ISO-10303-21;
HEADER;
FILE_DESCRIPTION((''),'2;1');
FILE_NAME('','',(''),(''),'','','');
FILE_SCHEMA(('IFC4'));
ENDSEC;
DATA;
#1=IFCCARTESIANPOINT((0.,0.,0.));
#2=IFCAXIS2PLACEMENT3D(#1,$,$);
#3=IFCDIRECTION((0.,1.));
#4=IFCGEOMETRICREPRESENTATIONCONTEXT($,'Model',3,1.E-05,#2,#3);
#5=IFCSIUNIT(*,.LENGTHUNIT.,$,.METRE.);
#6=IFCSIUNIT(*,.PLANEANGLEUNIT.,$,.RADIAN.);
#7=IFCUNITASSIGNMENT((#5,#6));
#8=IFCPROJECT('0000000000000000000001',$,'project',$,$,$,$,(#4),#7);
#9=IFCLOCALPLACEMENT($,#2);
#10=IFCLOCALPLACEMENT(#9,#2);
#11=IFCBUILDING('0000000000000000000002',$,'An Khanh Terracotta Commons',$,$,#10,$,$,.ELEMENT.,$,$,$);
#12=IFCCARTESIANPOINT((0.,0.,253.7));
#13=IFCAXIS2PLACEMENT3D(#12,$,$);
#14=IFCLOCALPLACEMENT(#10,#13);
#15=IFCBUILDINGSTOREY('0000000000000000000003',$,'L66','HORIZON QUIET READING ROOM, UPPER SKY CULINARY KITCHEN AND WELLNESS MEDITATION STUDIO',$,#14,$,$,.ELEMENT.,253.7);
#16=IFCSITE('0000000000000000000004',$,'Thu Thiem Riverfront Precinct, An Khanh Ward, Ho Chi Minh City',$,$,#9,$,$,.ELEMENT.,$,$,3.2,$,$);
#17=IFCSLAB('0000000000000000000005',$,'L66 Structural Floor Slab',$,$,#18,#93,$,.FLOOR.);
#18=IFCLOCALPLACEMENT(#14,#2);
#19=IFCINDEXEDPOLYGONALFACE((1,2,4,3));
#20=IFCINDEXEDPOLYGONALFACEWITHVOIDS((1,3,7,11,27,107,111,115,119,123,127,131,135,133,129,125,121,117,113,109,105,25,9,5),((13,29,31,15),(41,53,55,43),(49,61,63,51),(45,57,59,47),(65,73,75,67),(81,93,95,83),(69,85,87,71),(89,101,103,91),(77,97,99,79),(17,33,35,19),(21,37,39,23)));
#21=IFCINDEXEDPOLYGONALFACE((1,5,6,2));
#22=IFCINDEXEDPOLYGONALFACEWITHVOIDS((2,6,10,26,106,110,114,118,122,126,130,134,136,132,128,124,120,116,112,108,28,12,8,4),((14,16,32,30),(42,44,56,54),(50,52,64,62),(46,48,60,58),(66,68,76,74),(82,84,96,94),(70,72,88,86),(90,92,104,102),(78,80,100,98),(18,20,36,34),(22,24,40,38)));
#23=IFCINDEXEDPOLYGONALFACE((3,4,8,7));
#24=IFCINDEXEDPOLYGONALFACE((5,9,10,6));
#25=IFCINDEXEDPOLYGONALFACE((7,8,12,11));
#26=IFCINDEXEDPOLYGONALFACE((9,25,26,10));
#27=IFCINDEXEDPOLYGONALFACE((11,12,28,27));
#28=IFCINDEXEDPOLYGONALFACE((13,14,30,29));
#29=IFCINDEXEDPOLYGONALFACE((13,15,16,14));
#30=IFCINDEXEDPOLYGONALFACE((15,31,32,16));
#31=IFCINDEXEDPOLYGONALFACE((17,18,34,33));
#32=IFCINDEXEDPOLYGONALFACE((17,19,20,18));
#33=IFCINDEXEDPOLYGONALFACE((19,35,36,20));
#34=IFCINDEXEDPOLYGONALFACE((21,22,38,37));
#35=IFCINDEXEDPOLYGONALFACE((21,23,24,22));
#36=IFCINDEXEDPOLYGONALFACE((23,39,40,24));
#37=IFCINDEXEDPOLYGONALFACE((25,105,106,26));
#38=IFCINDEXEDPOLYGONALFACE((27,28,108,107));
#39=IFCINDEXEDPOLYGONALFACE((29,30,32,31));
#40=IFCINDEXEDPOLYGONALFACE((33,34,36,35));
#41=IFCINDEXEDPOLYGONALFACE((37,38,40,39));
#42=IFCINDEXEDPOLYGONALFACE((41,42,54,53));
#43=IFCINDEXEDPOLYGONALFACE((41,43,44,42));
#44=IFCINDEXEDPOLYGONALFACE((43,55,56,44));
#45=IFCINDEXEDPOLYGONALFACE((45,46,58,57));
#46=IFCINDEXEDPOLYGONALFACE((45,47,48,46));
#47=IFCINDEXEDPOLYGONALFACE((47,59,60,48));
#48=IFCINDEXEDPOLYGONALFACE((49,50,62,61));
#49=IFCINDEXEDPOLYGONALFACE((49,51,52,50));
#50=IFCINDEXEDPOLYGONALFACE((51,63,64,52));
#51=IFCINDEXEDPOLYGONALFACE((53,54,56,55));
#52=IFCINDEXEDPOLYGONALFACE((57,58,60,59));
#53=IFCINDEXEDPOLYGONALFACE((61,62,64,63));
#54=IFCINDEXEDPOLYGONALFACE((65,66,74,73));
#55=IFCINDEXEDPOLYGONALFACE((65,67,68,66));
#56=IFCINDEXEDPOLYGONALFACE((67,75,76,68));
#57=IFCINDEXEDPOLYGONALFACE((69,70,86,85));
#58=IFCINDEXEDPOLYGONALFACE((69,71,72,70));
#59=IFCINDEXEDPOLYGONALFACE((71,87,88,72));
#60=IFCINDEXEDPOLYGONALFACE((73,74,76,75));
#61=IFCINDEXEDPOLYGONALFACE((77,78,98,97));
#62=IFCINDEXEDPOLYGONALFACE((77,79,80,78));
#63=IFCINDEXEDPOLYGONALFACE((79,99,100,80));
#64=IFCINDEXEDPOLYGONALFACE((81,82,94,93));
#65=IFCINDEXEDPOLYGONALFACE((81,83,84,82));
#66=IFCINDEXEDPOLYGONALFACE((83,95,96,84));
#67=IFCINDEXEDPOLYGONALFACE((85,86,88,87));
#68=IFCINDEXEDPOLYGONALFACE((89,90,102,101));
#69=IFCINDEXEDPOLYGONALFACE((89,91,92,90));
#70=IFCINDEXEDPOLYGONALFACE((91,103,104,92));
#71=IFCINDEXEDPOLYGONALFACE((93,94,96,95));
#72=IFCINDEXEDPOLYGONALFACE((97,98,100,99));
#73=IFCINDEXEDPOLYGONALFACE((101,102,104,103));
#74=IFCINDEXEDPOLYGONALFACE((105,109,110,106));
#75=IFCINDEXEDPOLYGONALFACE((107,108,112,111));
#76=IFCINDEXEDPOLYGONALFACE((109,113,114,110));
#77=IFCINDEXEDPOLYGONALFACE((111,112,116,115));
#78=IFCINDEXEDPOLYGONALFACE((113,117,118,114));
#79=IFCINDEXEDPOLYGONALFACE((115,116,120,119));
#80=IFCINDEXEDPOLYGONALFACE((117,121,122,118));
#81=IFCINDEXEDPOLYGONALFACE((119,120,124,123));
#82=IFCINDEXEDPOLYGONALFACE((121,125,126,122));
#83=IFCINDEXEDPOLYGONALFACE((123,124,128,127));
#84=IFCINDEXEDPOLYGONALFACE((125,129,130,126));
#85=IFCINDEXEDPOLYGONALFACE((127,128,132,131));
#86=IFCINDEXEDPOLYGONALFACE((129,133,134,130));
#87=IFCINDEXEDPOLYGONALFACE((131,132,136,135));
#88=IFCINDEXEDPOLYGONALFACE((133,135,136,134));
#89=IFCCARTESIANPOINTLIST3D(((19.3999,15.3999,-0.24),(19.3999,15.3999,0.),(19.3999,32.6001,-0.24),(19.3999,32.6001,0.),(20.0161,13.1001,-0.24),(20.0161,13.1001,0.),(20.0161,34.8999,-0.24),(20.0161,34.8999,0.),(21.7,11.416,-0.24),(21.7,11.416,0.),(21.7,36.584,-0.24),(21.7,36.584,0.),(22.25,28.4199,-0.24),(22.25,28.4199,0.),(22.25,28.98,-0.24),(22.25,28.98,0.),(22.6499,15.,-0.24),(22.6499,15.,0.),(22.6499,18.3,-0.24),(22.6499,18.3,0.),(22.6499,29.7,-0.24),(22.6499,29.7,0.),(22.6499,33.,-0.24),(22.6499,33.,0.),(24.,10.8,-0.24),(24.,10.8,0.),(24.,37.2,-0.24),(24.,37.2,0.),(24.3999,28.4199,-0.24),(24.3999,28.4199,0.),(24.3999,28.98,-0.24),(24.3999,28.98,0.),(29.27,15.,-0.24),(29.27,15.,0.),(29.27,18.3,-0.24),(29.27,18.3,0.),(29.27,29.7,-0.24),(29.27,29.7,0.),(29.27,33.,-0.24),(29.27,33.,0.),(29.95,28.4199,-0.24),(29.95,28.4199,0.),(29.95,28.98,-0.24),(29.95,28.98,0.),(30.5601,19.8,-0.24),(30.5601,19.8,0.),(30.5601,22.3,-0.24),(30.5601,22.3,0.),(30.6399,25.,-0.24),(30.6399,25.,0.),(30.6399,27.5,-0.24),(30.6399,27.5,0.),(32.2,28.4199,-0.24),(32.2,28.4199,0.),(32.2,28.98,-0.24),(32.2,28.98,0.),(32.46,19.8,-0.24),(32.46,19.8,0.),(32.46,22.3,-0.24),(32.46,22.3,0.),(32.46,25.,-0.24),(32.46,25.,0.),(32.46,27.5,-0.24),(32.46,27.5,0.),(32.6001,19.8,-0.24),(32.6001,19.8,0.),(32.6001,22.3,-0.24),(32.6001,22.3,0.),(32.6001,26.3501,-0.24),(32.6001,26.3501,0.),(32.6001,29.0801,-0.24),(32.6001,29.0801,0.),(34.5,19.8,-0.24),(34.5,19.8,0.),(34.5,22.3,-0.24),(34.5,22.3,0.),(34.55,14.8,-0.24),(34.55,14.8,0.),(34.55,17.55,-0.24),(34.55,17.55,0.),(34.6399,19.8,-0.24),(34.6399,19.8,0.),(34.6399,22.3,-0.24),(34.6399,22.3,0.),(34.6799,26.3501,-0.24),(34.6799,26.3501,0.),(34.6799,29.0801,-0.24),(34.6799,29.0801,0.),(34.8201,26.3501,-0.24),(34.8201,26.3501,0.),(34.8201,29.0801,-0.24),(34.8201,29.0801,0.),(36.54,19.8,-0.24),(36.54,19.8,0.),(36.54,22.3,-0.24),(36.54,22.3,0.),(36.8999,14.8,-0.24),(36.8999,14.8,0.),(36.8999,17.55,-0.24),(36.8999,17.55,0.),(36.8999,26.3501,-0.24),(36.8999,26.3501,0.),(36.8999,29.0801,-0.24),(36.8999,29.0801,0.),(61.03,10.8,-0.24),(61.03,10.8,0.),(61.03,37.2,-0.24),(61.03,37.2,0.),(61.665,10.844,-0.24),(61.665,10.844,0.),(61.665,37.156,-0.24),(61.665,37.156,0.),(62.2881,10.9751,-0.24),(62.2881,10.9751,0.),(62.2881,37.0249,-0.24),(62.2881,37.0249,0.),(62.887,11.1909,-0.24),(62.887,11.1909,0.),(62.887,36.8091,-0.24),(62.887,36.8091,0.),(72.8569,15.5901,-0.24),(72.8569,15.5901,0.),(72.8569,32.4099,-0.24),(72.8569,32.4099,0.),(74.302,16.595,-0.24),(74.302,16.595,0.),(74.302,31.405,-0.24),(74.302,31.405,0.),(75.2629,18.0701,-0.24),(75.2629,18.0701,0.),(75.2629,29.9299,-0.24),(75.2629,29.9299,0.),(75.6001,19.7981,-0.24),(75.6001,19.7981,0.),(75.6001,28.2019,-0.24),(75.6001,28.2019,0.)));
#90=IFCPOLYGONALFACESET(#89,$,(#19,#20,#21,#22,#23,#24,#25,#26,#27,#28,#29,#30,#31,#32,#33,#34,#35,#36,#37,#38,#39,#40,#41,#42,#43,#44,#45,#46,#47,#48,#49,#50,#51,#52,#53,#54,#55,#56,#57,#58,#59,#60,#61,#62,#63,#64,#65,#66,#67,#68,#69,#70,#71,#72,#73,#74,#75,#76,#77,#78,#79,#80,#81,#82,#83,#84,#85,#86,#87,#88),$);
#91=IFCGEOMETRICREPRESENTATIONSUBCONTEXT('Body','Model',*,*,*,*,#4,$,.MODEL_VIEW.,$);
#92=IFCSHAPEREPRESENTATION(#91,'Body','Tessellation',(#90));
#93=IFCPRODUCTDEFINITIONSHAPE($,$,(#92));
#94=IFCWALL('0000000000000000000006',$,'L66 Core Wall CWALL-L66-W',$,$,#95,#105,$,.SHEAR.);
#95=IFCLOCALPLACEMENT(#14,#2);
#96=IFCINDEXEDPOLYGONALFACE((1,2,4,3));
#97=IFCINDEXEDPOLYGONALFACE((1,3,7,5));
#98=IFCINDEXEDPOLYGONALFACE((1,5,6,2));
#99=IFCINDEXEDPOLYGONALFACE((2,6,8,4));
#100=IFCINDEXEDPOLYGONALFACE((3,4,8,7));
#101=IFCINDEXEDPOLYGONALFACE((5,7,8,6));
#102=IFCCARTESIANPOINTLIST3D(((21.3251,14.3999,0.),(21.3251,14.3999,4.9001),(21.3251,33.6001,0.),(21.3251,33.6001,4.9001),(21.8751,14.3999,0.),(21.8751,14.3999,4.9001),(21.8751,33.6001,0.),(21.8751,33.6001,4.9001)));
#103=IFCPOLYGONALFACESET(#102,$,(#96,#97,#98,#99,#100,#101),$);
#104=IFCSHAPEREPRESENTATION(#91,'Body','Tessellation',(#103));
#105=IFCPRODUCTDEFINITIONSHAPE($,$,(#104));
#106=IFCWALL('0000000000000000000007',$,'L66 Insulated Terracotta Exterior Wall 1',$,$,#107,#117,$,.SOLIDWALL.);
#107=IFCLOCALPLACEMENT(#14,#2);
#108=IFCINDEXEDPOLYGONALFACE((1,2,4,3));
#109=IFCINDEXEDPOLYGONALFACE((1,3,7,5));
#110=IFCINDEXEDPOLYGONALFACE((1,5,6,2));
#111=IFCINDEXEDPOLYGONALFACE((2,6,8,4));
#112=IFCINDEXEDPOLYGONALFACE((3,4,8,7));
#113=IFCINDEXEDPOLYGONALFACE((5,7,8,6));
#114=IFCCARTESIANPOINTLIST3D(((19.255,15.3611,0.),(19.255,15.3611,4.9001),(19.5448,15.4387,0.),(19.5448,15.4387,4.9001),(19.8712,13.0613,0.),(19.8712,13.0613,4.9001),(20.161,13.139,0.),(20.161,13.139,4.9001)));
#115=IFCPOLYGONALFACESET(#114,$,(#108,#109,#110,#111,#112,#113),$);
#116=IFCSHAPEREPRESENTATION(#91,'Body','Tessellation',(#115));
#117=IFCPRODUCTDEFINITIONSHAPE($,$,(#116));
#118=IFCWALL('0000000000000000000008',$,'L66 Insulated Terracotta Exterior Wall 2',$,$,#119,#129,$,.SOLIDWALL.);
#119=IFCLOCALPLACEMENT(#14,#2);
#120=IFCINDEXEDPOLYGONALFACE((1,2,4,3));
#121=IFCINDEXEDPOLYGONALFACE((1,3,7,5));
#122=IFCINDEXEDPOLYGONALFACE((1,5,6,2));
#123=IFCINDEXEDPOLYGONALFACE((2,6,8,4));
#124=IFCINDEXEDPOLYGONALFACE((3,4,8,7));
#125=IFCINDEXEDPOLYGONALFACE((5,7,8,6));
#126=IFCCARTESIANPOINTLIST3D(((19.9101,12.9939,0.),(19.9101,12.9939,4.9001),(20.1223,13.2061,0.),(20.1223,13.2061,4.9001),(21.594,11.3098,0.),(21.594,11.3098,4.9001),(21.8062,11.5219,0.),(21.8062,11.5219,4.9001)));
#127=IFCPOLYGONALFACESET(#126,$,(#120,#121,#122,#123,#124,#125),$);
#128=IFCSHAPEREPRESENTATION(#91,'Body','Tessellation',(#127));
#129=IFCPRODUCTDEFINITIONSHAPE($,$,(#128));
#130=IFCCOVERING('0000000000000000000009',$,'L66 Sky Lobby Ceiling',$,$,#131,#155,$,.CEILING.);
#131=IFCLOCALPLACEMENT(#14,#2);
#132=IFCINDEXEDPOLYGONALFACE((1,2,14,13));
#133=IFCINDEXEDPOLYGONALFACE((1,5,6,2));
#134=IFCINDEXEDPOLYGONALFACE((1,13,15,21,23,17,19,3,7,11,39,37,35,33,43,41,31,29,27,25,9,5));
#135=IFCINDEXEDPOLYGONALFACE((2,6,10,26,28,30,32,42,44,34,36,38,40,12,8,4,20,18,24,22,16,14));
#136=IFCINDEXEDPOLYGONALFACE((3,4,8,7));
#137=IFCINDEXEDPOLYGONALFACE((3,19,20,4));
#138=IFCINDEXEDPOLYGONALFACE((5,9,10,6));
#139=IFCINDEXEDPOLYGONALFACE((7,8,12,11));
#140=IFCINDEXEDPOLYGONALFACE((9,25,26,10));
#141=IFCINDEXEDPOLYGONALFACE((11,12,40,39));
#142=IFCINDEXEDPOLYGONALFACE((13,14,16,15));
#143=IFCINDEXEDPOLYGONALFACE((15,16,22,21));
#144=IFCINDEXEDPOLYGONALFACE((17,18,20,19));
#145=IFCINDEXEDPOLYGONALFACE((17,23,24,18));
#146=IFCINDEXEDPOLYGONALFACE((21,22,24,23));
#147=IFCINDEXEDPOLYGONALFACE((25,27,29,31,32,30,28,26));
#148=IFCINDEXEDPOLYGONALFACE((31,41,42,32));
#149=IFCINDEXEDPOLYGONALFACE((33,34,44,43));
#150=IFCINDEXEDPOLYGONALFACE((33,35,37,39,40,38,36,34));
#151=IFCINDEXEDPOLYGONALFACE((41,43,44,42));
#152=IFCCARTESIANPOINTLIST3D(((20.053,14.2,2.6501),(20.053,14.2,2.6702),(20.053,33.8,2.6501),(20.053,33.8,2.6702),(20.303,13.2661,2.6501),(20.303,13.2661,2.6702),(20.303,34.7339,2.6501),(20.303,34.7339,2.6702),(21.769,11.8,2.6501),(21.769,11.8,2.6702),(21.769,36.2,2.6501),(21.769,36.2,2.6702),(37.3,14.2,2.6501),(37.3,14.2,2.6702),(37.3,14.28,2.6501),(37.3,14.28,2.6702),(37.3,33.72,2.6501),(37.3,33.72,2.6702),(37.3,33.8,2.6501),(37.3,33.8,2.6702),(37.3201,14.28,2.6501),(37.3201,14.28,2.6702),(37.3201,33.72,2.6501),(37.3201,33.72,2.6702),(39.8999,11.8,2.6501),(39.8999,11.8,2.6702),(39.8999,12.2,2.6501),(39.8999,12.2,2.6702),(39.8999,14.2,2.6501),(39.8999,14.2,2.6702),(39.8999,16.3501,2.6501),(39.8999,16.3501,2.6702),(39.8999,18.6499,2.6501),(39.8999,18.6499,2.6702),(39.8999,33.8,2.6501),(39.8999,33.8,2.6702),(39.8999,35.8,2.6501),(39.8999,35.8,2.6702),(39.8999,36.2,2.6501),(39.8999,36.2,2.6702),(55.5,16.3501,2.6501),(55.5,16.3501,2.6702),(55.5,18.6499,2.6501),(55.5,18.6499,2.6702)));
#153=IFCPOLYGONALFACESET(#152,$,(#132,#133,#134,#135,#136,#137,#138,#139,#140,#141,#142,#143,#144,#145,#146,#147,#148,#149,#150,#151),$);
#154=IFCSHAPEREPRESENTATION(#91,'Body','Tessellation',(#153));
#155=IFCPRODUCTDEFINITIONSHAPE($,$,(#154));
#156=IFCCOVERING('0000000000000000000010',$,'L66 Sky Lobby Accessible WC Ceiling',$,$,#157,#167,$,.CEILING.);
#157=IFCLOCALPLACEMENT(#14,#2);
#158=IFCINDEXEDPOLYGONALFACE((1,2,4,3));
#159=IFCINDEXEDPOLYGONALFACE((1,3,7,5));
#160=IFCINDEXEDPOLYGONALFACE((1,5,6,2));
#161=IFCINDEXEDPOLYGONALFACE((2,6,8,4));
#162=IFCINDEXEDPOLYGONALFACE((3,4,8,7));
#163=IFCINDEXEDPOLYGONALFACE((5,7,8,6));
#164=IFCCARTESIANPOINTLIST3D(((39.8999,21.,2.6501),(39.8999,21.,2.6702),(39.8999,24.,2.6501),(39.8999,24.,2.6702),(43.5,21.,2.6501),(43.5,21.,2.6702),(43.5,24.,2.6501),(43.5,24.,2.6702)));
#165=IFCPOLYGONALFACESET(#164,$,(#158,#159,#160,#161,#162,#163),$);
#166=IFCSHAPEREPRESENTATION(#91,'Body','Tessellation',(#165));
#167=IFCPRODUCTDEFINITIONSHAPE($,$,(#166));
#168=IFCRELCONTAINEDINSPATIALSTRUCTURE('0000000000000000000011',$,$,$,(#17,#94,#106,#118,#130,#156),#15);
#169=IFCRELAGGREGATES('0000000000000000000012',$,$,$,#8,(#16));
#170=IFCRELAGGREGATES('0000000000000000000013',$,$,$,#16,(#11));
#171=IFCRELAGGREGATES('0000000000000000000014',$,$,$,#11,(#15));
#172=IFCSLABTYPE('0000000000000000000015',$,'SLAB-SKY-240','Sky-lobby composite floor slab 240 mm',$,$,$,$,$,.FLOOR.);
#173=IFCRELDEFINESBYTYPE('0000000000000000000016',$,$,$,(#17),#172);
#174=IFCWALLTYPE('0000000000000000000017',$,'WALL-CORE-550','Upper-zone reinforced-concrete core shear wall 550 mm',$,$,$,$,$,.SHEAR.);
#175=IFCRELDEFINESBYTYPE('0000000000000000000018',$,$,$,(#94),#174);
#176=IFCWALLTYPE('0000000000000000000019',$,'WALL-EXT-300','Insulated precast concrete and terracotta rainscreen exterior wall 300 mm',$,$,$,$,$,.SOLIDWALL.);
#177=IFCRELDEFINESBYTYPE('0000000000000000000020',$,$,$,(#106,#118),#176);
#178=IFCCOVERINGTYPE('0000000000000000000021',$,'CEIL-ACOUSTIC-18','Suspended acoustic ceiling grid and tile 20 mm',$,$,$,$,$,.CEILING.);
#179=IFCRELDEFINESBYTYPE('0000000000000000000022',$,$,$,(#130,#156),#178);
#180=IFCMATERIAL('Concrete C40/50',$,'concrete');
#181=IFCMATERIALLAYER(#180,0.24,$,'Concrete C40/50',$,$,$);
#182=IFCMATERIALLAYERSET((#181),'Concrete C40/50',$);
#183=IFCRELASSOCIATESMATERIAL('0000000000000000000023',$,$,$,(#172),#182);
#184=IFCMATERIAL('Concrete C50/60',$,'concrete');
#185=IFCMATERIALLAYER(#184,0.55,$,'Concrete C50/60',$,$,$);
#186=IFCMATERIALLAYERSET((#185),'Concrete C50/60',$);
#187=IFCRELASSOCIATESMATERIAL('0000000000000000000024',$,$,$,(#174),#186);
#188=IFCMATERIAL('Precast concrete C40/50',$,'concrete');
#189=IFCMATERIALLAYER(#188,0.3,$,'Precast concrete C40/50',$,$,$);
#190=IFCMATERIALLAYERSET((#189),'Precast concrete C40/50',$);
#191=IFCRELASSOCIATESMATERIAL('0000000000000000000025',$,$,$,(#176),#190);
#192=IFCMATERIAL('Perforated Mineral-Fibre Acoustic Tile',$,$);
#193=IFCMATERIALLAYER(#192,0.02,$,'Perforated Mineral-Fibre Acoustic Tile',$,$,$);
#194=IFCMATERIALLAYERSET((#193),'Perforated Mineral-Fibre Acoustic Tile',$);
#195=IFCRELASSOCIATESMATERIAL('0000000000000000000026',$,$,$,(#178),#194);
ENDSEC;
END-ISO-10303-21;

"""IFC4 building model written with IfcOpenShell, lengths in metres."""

from ifc_helpers import new_model, si_unit, direction, frame, frame_2d, origin, place, context, subcontext, project, spatial, polyline, rectangle, outline, extrude, material, layer, layer_set, type_object, element, save


model = new_model("IFC4")

# Units and contexts
model_context = context("Model", 3, precision=1e-05, world=origin(), true_north=direction((0.0, 1.0)))
body_context = subcontext(model_context, "Body", "Model", "MODEL_VIEW")
ifc_project = project(units=[si_unit("LENGTHUNIT", "METRE"), si_unit("PLANEANGLEUNIT", "RADIAN")], contexts=[model_context])

# Site, building, storey
site_placement = place(None, origin())
site = spatial("IfcSite", under=ifc_project, at=site_placement, Name="Thu Thiem Riverfront Precinct, An Khanh Ward, Ho Chi Minh City", CompositionType="ELEMENT", RefElevation=3.2)
building_placement = place(site_placement, origin())
building = spatial("IfcBuilding", under=site, at=building_placement, Name="An Khanh Terracotta Commons", CompositionType="ELEMENT")
storey_placement = place(building_placement, frame((0.0, 0.0, 253.7)))
storey = spatial("IfcBuildingStorey", under=building, at=storey_placement, Name="L66", Description="HORIZON QUIET READING ROOM, UPPER SKY CULINARY KITCHEN AND WELLNESS MEDITATION STUDIO", CompositionType="ELEMENT", Elevation=253.7)

# Shared definitions
ifc_material_1 = material(Name="Concrete C50/60", Category="concrete")

# Shared definitions
ifc_material_2 = material(Name="Concrete C40/50", Category="concrete")

# Shared definitions
ifc_material_3 = material(Name="Precast concrete C40/50", Category="concrete")

# Slab
ifc_layer_1 = layer(ifc_material_2, 0.24, Name="Concrete C40/50")
ifc_layer_set_1 = layer_set([ifc_layer_1], Name="Concrete C40/50")
slab_type_1 = type_object("IfcSlabType", Name="SLAB-SKY-240", Description="Sky-lobby composite floor slab 240 mm", PredefinedType="FLOOR", material=ifc_layer_set_1)
slab_1_placement = place(storey_placement, frame((0.0, 0.0, -0.24)))
element("IfcSlab", 1, at=slab_1_placement, inside=storey, type_object=slab_type_1, Name="L66 Structural Floor Slab", PredefinedType="FLOOR", context=body_context, shape_type="SweptSolid", body=[
    extrude(outline(polyline([(19.3999, 15.3999), (20.0161, 13.1001), (21.7, 11.416), (24.0, 10.8), (61.03, 10.8), (61.665, 10.844), (62.2881, 10.9751), (62.887, 11.1909), (72.8569, 15.5901), (74.302, 16.595), (75.2629, 18.0701), (75.6001, 19.7981), (75.6001, 28.2019), (75.2629, 29.9299), (74.302, 31.405), (72.8569, 32.4099), (62.887, 36.8091), (62.2881, 37.0249), (61.665, 37.156), (61.03, 37.2), (24.0, 37.2), (21.7, 36.584), (20.0161, 34.8999), (19.3999, 32.6001), (19.3999, 15.3999)]), holes=[polyline([(22.6499, 29.7), (29.27, 29.7), (29.27, 33.0), (22.6499, 33.0), (22.6499, 29.7)]), polyline([(22.6499, 15.0), (29.27, 15.0), (29.27, 18.3), (22.6499, 18.3), (22.6499, 15.0)]), polyline([(32.6001, 26.3501), (34.6799, 26.3501), (34.6799, 29.0801), (32.6001, 29.0801), (32.6001, 26.3501)]), polyline([(34.8201, 26.3501), (36.8999, 26.3501), (36.8999, 29.0801), (34.8201, 29.0801), (34.8201, 26.3501)]), polyline([(34.55, 14.8), (36.8999, 14.8), (36.8999, 17.55), (34.55, 17.55), (34.55, 14.8)]), polyline([(30.6399, 25.0), (32.46, 25.0), (32.46, 27.5), (30.6399, 27.5), (30.6399, 25.0)]), polyline([(30.5601, 19.8), (32.46, 19.8), (32.46, 22.3), (30.5601, 22.3), (30.5601, 19.8)]), polyline([(32.6001, 19.8), (34.5, 19.8), (34.5, 22.3), (32.6001, 22.3), (32.6001, 19.8)]), polyline([(34.6399, 19.8), (36.54, 19.8), (36.54, 22.3), (34.6399, 22.3), (34.6399, 19.8)]), polyline([(22.25, 28.4199), (24.3999, 28.4199), (24.3999, 28.98), (22.25, 28.98), (22.25, 28.4199)]), polyline([(29.95, 28.4199), (32.2, 28.4199), (32.2, 28.98), (29.95, 28.98), (29.95, 28.4199)])]), origin(), (0.0, 0.0, 1.0), 0.24),
])

# Walls
ifc_layer_2 = layer(ifc_material_1, 0.55, Name="Concrete C50/60")
ifc_layer_set_2 = layer_set([ifc_layer_2], Name="Concrete C50/60")
wall_type_1 = type_object("IfcWallType", Name="WALL-CORE-550", Description="Upper-zone reinforced-concrete core shear wall 550 mm", PredefinedType="SHEAR", material=ifc_layer_set_2)
wall_1_placement = place(storey_placement, frame((21.6001, 14.3999, 0.0), z_axis=(0.0, 0.0, 1.0), x_axis=(0.0, 1.0, 0.0)))
element("IfcWall", 2, at=wall_1_placement, inside=storey, type_object=wall_type_1, Name="L66 Core Wall CWALL-L66-W", PredefinedType="SHEAR", context=body_context, shape_type="SweptSolid", body=[
    extrude(rectangle(XDim=19.2002, YDim=0.55, at=frame_2d((9.6001, 0.0))), origin(), (0.0, 0.0, 1.0), 4.9001),
])
ifc_layer_3 = layer(ifc_material_3, 0.3, Name="Precast concrete C40/50")
ifc_layer_set_3 = layer_set([ifc_layer_3], Name="Precast concrete C40/50")
wall_type_2 = type_object("IfcWallType", Name="WALL-EXT-300", Description="Insulated precast concrete and terracotta rainscreen exterior wall 300 mm", PredefinedType="SOLIDWALL", material=ifc_layer_set_3)
wall_2_placement = place(storey_placement, frame((19.3999, 15.3999, 0.0), z_axis=(0.0, 0.0, 1.0), x_axis=(0.258811, -0.965928, 0.0)))
element("IfcWall", 3, at=wall_2_placement, inside=storey, type_object=wall_type_2, Name="L66 Insulated Terracotta Exterior Wall 1", PredefinedType="SOLIDWALL", context=body_context, shape_type="SweptSolid", body=[
    extrude(rectangle(XDim=2.3809, YDim=0.3, at=frame_2d((1.1904, 0.0))), origin(), (0.0, 0.0, 1.0), 4.9001),
])
wall_3_placement = place(storey_placement, frame((20.0161, 13.1001, 0.0), z_axis=(0.0, 0.0, 1.0), x_axis=(0.707056, -0.707158, 0.0)))
element("IfcWall", 4, at=wall_3_placement, inside=storey, type_object=wall_type_2, Name="L66 Insulated Terracotta Exterior Wall 2", PredefinedType="SOLIDWALL", context=body_context, shape_type="SweptSolid", body=[
    extrude(rectangle(XDim=2.3816, YDim=0.3, at=frame_2d((1.1909, 0.0))), origin(), (0.0, 0.0, 1.0), 4.9001),
])

# Coverings
ifc_material_4 = material(Name="Perforated Mineral-Fibre Acoustic Tile")
ifc_layer_4 = layer(ifc_material_4, 0.02, Name="Perforated Mineral-Fibre Acoustic Tile")
ifc_layer_set_4 = layer_set([ifc_layer_4], Name="Perforated Mineral-Fibre Acoustic Tile")
covering_type = type_object("IfcCoveringType", Name="CEIL-ACOUSTIC-18", Description="Suspended acoustic ceiling grid and tile 20 mm", PredefinedType="CEILING", material=ifc_layer_set_4)
covering_1_placement = place(storey_placement, frame((0.0, 0.0, 2.6501)))
element("IfcCovering", 5, at=covering_1_placement, inside=storey, type_object=covering_type, Name="L66 Sky Lobby Ceiling", PredefinedType="CEILING", context=body_context, shape_type="SweptSolid", body=[
    extrude(outline(polyline([(37.3, 14.2), (37.3, 14.28), (37.3201, 14.28), (37.3201, 33.72), (37.3, 33.72), (37.3, 33.8), (20.053, 33.8), (20.303, 34.7339), (21.769, 36.2), (39.8999, 36.2), (39.8999, 35.8), (39.8999, 33.8), (39.8999, 18.6499), (55.5, 18.6499), (55.5, 16.3501), (39.8999, 16.3501), (39.8999, 14.2), (39.8999, 12.2), (39.8999, 11.8), (21.769, 11.8), (20.303, 13.2661), (20.053, 14.2), (37.3, 14.2)])), origin(), (0.0, 0.0, 1.0), 0.02),
])
covering_2_placement = place(storey_placement, frame((0.0, 0.0, 2.6501)))
element("IfcCovering", 6, at=covering_2_placement, inside=storey, type_object=covering_type, Name="L66 Sky Lobby Accessible WC Ceiling", PredefinedType="CEILING", context=body_context, shape_type="SweptSolid", body=[
    extrude(outline(polyline([(39.8999, 24.0), (43.5, 24.0), (43.5, 21.0), (39.8999, 21.0), (39.8999, 24.0)])), origin(), (0.0, 0.0, 1.0), 0.02),
])

save(model, "model.ifc")
